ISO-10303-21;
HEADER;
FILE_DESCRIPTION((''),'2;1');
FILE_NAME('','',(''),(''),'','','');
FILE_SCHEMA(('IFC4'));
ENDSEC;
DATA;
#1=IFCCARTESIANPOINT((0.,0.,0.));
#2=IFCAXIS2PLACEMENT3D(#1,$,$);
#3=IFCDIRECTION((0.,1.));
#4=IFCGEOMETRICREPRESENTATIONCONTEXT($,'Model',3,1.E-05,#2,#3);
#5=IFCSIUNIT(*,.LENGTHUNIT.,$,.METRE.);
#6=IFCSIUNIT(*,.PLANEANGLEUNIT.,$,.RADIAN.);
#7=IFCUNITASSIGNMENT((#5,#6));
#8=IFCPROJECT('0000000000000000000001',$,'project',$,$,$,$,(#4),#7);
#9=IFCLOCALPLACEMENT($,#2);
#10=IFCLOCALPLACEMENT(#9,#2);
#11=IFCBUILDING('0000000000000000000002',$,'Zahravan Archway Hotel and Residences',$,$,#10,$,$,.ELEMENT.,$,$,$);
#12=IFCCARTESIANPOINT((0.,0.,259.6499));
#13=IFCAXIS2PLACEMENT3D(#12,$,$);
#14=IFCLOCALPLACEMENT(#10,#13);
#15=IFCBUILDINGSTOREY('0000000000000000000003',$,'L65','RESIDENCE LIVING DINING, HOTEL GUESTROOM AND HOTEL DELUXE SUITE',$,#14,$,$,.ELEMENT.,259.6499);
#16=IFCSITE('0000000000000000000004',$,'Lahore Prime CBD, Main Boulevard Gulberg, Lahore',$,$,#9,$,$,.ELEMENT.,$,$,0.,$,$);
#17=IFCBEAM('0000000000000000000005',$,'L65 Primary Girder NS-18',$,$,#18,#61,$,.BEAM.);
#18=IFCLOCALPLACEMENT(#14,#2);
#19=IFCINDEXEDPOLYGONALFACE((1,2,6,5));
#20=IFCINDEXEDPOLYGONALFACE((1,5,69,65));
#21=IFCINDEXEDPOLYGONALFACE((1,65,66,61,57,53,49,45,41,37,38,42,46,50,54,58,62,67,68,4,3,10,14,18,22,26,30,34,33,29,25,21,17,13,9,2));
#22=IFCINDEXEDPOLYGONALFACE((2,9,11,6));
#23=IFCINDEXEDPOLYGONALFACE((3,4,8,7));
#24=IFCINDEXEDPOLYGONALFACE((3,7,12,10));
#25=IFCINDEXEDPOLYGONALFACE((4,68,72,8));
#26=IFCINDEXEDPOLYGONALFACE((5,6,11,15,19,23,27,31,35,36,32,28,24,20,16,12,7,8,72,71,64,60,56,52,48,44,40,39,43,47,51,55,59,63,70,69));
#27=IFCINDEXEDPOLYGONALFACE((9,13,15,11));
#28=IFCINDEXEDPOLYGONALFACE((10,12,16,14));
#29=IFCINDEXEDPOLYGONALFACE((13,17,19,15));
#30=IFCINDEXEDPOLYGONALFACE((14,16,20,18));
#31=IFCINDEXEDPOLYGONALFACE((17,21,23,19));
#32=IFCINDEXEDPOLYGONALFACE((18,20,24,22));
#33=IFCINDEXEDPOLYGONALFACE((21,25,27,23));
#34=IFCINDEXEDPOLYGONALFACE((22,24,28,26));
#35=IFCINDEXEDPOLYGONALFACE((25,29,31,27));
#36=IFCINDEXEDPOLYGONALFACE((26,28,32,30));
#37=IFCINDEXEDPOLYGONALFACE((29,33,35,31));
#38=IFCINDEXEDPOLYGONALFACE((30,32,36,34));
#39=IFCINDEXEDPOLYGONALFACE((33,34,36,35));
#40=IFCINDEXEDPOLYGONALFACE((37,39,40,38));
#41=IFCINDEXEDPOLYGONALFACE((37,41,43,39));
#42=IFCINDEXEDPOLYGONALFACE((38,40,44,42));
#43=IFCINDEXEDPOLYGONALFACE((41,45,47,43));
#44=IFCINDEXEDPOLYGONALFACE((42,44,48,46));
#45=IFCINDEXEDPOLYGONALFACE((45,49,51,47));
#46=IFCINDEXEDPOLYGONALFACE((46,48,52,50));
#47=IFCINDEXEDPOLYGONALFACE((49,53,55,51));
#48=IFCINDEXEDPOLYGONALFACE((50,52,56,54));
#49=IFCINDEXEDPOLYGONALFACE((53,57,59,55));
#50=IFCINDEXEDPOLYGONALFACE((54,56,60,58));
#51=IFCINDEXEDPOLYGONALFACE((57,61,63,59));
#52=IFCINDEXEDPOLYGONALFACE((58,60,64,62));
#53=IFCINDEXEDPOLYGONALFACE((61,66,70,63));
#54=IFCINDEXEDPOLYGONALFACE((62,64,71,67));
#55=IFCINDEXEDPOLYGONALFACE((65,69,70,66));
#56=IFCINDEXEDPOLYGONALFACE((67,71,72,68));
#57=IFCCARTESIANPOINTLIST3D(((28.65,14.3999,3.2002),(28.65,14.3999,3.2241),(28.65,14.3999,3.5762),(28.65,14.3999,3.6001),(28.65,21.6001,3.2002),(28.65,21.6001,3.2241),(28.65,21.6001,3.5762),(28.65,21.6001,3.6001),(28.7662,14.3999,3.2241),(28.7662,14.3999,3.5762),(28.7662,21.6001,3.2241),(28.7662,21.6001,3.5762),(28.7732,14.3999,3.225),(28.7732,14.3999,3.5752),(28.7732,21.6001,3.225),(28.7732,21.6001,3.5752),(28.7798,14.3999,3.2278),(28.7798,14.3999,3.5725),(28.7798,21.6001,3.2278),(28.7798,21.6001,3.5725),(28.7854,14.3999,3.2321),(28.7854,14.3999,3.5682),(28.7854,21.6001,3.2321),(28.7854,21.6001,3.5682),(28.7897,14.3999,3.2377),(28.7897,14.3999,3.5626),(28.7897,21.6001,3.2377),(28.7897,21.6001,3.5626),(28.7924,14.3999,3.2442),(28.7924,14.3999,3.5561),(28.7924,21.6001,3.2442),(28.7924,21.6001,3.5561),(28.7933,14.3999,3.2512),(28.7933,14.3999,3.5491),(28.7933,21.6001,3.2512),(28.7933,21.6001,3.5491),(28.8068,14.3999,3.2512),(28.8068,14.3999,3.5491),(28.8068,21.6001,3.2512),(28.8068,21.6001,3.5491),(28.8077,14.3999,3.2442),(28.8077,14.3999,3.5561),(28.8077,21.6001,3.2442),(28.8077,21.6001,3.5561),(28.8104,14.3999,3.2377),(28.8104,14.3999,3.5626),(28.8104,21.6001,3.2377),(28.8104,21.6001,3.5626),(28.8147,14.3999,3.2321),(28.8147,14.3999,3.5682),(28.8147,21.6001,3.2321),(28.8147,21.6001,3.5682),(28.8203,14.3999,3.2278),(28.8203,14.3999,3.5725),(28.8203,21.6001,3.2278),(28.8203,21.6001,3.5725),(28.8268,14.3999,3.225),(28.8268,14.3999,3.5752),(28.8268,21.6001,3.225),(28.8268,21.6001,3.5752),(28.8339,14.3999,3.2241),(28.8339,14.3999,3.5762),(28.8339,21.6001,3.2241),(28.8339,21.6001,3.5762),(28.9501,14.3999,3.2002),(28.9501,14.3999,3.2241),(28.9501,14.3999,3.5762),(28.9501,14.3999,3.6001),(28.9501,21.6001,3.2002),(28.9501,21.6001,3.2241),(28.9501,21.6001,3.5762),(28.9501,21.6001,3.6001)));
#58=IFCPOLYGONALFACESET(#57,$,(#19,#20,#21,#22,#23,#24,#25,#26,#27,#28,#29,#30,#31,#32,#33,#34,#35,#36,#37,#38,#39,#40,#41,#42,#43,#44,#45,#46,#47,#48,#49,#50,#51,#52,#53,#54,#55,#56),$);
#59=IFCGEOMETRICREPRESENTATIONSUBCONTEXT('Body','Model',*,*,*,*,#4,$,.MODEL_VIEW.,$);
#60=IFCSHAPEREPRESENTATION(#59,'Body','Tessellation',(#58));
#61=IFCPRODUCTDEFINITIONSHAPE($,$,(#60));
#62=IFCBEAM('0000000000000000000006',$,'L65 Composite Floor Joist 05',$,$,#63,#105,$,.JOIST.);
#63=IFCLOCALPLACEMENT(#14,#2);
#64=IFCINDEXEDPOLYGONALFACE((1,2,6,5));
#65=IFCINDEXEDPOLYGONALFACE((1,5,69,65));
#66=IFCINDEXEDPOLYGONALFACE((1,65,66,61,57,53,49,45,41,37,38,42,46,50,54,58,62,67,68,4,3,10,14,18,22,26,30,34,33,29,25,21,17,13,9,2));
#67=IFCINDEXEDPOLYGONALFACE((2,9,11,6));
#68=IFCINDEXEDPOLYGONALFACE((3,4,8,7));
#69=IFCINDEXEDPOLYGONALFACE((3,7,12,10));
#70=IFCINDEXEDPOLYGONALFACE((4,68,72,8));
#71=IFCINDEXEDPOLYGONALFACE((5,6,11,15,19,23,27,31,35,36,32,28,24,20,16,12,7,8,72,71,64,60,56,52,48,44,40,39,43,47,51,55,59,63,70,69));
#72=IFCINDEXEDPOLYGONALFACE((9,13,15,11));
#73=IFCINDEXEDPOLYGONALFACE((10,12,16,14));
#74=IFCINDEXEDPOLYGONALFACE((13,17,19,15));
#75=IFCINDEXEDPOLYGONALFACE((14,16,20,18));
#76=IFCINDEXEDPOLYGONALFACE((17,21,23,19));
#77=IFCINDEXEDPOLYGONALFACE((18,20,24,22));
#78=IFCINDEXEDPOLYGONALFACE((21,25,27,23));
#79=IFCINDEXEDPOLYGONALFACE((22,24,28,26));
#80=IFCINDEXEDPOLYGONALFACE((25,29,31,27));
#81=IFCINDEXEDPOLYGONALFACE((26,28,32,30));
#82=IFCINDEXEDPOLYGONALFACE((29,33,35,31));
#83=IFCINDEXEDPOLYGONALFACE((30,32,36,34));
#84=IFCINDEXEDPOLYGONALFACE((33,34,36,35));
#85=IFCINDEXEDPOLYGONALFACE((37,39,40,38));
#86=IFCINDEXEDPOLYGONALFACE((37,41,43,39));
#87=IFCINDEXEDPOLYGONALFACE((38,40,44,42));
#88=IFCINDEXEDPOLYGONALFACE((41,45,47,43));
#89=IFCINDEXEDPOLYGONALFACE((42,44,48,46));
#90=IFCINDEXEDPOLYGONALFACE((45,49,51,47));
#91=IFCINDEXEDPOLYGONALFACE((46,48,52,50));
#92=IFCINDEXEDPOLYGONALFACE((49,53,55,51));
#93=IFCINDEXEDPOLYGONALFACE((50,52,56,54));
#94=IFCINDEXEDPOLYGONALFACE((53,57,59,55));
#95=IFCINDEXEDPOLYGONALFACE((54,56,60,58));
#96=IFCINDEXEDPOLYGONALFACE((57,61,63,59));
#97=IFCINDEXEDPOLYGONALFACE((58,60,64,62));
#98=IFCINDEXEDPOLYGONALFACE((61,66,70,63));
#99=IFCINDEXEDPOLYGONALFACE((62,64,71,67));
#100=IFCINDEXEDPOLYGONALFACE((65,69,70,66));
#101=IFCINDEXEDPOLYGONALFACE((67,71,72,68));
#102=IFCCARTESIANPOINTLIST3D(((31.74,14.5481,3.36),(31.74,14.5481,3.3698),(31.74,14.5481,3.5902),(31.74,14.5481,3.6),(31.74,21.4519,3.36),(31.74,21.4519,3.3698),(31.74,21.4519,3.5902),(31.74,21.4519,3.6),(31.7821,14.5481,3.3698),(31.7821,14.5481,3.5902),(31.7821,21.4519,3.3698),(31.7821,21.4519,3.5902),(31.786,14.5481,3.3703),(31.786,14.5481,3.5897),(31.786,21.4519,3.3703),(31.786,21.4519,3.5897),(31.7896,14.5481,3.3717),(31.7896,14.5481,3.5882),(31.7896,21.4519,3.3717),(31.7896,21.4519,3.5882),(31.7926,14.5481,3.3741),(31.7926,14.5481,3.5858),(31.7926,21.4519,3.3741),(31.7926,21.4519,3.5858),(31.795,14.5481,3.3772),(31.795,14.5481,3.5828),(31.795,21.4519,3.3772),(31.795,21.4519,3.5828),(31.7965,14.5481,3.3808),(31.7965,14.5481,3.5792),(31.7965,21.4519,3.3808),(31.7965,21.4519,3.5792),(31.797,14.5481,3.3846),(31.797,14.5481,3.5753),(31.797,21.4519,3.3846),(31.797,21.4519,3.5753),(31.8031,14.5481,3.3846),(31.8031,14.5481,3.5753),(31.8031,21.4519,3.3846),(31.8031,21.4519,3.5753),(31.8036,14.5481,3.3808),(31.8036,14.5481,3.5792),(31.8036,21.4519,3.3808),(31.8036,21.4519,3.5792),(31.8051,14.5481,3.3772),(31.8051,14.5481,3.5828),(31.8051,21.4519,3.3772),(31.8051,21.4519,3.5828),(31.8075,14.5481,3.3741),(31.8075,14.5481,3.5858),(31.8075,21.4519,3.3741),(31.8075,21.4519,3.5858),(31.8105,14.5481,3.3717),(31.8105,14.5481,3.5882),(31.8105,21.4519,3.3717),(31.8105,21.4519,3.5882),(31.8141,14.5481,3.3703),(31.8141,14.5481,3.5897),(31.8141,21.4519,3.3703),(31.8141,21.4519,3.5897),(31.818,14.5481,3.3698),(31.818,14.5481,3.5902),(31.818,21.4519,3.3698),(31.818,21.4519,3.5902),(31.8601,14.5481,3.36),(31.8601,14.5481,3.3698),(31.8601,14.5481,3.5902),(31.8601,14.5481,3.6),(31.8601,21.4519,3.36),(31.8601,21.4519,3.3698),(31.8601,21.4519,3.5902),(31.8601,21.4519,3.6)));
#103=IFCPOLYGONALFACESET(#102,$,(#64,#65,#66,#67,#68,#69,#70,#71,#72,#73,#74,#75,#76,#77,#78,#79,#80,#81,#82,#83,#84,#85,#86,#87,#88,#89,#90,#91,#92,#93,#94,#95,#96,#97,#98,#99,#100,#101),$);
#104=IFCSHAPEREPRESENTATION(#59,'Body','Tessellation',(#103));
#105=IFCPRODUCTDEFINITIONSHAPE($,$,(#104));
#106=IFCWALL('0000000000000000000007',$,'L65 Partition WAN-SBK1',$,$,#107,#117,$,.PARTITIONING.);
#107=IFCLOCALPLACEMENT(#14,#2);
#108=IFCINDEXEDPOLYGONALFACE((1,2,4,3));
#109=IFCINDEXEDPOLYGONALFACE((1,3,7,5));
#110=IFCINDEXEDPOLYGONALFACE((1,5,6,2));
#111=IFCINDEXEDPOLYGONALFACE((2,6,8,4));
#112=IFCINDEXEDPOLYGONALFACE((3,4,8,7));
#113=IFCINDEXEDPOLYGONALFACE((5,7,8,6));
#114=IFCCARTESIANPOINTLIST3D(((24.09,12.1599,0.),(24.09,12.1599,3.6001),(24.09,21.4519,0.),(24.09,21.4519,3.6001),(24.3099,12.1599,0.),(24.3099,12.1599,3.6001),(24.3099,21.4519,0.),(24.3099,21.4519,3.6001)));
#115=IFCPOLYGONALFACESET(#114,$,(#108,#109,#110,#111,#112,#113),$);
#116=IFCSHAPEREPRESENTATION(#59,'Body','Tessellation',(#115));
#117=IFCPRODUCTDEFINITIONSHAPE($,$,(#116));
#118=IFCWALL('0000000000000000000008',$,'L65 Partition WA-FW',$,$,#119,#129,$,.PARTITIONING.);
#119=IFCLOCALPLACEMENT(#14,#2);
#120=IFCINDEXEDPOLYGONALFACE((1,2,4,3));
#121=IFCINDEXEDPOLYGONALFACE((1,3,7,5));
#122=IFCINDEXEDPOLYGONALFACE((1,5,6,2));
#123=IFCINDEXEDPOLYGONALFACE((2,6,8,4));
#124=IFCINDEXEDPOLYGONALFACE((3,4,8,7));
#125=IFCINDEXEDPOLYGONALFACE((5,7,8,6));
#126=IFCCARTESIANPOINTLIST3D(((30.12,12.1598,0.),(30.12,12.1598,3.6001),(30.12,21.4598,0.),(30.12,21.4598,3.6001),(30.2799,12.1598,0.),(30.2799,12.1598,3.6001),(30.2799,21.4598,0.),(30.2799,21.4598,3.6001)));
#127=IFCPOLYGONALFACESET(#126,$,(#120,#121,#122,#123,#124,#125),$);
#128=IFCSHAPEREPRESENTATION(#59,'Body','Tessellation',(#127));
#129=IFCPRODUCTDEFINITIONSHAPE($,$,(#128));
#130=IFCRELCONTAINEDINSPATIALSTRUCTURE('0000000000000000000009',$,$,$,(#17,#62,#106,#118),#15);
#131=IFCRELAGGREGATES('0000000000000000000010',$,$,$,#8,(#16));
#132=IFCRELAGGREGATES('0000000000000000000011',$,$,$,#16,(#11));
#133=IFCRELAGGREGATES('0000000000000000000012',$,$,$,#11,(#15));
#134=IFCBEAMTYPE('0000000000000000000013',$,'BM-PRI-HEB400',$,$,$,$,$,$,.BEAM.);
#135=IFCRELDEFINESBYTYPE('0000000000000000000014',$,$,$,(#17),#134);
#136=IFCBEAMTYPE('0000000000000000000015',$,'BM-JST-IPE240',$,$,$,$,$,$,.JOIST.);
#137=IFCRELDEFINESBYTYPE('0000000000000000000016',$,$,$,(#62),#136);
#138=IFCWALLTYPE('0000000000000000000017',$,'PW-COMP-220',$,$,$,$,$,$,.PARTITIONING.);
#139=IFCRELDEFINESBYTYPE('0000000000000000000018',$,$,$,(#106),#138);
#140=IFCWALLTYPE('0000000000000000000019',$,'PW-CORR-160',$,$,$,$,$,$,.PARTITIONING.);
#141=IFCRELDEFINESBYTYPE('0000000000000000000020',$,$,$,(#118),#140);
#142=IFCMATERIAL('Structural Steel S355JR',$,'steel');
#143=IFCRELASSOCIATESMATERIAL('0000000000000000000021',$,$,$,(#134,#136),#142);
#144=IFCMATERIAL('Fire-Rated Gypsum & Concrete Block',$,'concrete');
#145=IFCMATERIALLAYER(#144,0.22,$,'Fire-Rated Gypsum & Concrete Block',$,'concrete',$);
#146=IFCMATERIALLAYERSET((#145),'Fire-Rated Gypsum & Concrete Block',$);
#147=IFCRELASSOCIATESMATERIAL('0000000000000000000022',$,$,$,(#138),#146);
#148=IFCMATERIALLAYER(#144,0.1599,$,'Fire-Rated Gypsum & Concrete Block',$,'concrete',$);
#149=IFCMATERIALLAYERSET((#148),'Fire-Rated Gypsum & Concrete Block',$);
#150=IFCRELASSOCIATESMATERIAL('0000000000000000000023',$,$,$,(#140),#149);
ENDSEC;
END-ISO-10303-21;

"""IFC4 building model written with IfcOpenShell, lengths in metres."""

from ifc_helpers import new_model, si_unit, direction, frame, frame_2d, origin, origin_2d, place, context, subcontext, project, spatial, rectangle, i_section, extrude, source, transform, mapped, material, layer, layer_set, material_profile, profile_set, type_object, element, save


model = new_model("IFC4")

# Units and contexts
model_context = context("Model", 3, precision=1e-05, world=origin(), true_north=direction((0.0, 1.0)))
body_context = subcontext(model_context, "Body", "Model", "MODEL_VIEW")
ifc_project = project(units=[si_unit("LENGTHUNIT", "METRE"), si_unit("PLANEANGLEUNIT", "RADIAN")], contexts=[model_context])

# Site, building, storey
site_placement = place(None, origin())
site = spatial("IfcSite", under=ifc_project, at=site_placement, Name="Lahore Prime CBD, Main Boulevard Gulberg, Lahore", CompositionType="ELEMENT", RefElevation=0.0)
building_placement = place(site_placement, origin())
building = spatial("IfcBuilding", under=site, at=building_placement, Name="Zahravan Archway Hotel and Residences", CompositionType="ELEMENT")
storey_placement = place(building_placement, frame((0.0, 0.0, 259.6499)))
storey = spatial("IfcBuildingStorey", under=building, at=storey_placement, Name="L65", Description="RESIDENCE LIVING DINING, HOTEL GUESTROOM AND HOTEL DELUXE SUITE", CompositionType="ELEMENT", Elevation=259.6499)

# Beams
ifc_material_1 = material(Name="Structural Steel S355JR", Category="steel")
ifc_material_profile_1 = material_profile(ifc_material_1, i_section(OverallWidth=0.3, OverallDepth=0.3999, WebThickness=0.0134, FlangeThickness=0.0239, FilletRadius=0.0271, at=origin_2d()), Name="HEB 400", Category="steel")
ifc_profile_set_1 = profile_set([ifc_material_profile_1], Name="Structural Steel S355JR")
beam_type_1 = type_object("IfcBeamType", Name="BM-PRI-HEB400", PredefinedType="BEAM", material=ifc_profile_set_1)
shared_shape_1 = source(origin(), body_context, "Body", "SweptSolid", [
    extrude(i_section(OverallWidth=0.3, OverallDepth=0.3999, WebThickness=0.0134, FlangeThickness=0.0239, FilletRadius=0.0271, at=origin_2d()), origin(), (0.0, 0.0, 1.0), 7.2002),
])
for number, where, z_axis, x_axis, name in (
    (1, (28.8, 14.3999, 3.4001), (0.0, 1.0, 0.0), (-1.0, 0.0, 0.0), "L65 Primary Girder NS-18"),
):
    element("IfcBeam", number, at=place(storey_placement, frame(where, z_axis=z_axis, x_axis=x_axis)), inside=storey, type_object=beam_type_1, Name=name, PredefinedType="BEAM", context=body_context, shape_type="MappedRepresentation", body=[
        mapped(shared_shape_1, transform((0.0, 0.0, 0.0), scale=1.0)),
    ])
ifc_material_profile_2 = material_profile(ifc_material_1, i_section(OverallWidth=0.1201, OverallDepth=0.24, WebThickness=0.0061, FlangeThickness=0.0098, FilletRadius=0.0149, at=origin_2d()), Name="IPE 240", Category="steel")
ifc_profile_set_2 = profile_set([ifc_material_profile_2], Name="Structural Steel S355JR")
beam_type_2 = type_object("IfcBeamType", Name="BM-JST-IPE240", PredefinedType="JOIST", material=ifc_profile_set_2)
shared_shape_2 = source(origin(), body_context, "Body", "SweptSolid", [
    extrude(i_section(OverallWidth=0.1201, OverallDepth=0.24, WebThickness=0.0061, FlangeThickness=0.0098, FilletRadius=0.0149, at=origin_2d()), origin(), (0.0, 0.0, 1.0), 6.9038),
])
beam_placement = place(storey_placement, frame((31.8, 14.5481, 3.48), z_axis=(0.0, 1.0, 0.0), x_axis=(-1.0, 0.0, 0.0)))
element("IfcBeam", 2, at=beam_placement, inside=storey, type_object=beam_type_2, Name="L65 Composite Floor Joist 05", PredefinedType="JOIST", context=body_context, shape_type="MappedRepresentation", body=[
    mapped(shared_shape_2, transform((0.0, 0.0, 0.0), scale=1.0)),
])

# Walls
ifc_material_2 = material(Name="Fire-Rated Gypsum & Concrete Block", Category="concrete")
ifc_layer_1 = layer(ifc_material_2, 0.22, Name="Fire-Rated Gypsum & Concrete Block", Category="concrete")
ifc_layer_set_1 = layer_set([ifc_layer_1], Name="Fire-Rated Gypsum & Concrete Block")
wall_type_1 = type_object("IfcWallType", Name="PW-COMP-220", PredefinedType="PARTITIONING", material=ifc_layer_set_1)
wall_1_placement = place(storey_placement, frame((24.2, 12.1599, 0.0), z_axis=(0.0, 0.0, 1.0), x_axis=(0.0, 1.0, 0.0)))
element("IfcWall", 3, at=wall_1_placement, inside=storey, type_object=wall_type_1, Name="L65 Partition WAN-SBK1", PredefinedType="PARTITIONING", context=body_context, shape_type="SweptSolid", body=[
    extrude(rectangle(XDim=9.292, YDim=0.22, at=frame_2d((4.646, 0.0))), origin(), (0.0, 0.0, 1.0), 3.6001),
])
ifc_layer_2 = layer(ifc_material_2, 0.1599, Name="Fire-Rated Gypsum & Concrete Block", Category="concrete")
ifc_layer_set_2 = layer_set([ifc_layer_2], Name="Fire-Rated Gypsum & Concrete Block")
wall_type_2 = type_object("IfcWallType", Name="PW-CORR-160", PredefinedType="PARTITIONING", material=ifc_layer_set_2)
wall_2_placement = place(storey_placement, frame((30.2, 12.1599, 0.0), z_axis=(0.0, 0.0, 1.0), x_axis=(0.0, 1.0, 0.0)))
element("IfcWall", 4, at=wall_2_placement, inside=storey, type_object=wall_type_2, Name="L65 Partition WA-FW", PredefinedType="PARTITIONING", context=body_context, shape_type="SweptSolid", body=[
    extrude(rectangle(XDim=9.3, YDim=0.1599, at=frame_2d((4.6499, 0.0))), origin(), (0.0, 0.0, 1.0), 3.6001),
])

save(model, "model.ifc")
